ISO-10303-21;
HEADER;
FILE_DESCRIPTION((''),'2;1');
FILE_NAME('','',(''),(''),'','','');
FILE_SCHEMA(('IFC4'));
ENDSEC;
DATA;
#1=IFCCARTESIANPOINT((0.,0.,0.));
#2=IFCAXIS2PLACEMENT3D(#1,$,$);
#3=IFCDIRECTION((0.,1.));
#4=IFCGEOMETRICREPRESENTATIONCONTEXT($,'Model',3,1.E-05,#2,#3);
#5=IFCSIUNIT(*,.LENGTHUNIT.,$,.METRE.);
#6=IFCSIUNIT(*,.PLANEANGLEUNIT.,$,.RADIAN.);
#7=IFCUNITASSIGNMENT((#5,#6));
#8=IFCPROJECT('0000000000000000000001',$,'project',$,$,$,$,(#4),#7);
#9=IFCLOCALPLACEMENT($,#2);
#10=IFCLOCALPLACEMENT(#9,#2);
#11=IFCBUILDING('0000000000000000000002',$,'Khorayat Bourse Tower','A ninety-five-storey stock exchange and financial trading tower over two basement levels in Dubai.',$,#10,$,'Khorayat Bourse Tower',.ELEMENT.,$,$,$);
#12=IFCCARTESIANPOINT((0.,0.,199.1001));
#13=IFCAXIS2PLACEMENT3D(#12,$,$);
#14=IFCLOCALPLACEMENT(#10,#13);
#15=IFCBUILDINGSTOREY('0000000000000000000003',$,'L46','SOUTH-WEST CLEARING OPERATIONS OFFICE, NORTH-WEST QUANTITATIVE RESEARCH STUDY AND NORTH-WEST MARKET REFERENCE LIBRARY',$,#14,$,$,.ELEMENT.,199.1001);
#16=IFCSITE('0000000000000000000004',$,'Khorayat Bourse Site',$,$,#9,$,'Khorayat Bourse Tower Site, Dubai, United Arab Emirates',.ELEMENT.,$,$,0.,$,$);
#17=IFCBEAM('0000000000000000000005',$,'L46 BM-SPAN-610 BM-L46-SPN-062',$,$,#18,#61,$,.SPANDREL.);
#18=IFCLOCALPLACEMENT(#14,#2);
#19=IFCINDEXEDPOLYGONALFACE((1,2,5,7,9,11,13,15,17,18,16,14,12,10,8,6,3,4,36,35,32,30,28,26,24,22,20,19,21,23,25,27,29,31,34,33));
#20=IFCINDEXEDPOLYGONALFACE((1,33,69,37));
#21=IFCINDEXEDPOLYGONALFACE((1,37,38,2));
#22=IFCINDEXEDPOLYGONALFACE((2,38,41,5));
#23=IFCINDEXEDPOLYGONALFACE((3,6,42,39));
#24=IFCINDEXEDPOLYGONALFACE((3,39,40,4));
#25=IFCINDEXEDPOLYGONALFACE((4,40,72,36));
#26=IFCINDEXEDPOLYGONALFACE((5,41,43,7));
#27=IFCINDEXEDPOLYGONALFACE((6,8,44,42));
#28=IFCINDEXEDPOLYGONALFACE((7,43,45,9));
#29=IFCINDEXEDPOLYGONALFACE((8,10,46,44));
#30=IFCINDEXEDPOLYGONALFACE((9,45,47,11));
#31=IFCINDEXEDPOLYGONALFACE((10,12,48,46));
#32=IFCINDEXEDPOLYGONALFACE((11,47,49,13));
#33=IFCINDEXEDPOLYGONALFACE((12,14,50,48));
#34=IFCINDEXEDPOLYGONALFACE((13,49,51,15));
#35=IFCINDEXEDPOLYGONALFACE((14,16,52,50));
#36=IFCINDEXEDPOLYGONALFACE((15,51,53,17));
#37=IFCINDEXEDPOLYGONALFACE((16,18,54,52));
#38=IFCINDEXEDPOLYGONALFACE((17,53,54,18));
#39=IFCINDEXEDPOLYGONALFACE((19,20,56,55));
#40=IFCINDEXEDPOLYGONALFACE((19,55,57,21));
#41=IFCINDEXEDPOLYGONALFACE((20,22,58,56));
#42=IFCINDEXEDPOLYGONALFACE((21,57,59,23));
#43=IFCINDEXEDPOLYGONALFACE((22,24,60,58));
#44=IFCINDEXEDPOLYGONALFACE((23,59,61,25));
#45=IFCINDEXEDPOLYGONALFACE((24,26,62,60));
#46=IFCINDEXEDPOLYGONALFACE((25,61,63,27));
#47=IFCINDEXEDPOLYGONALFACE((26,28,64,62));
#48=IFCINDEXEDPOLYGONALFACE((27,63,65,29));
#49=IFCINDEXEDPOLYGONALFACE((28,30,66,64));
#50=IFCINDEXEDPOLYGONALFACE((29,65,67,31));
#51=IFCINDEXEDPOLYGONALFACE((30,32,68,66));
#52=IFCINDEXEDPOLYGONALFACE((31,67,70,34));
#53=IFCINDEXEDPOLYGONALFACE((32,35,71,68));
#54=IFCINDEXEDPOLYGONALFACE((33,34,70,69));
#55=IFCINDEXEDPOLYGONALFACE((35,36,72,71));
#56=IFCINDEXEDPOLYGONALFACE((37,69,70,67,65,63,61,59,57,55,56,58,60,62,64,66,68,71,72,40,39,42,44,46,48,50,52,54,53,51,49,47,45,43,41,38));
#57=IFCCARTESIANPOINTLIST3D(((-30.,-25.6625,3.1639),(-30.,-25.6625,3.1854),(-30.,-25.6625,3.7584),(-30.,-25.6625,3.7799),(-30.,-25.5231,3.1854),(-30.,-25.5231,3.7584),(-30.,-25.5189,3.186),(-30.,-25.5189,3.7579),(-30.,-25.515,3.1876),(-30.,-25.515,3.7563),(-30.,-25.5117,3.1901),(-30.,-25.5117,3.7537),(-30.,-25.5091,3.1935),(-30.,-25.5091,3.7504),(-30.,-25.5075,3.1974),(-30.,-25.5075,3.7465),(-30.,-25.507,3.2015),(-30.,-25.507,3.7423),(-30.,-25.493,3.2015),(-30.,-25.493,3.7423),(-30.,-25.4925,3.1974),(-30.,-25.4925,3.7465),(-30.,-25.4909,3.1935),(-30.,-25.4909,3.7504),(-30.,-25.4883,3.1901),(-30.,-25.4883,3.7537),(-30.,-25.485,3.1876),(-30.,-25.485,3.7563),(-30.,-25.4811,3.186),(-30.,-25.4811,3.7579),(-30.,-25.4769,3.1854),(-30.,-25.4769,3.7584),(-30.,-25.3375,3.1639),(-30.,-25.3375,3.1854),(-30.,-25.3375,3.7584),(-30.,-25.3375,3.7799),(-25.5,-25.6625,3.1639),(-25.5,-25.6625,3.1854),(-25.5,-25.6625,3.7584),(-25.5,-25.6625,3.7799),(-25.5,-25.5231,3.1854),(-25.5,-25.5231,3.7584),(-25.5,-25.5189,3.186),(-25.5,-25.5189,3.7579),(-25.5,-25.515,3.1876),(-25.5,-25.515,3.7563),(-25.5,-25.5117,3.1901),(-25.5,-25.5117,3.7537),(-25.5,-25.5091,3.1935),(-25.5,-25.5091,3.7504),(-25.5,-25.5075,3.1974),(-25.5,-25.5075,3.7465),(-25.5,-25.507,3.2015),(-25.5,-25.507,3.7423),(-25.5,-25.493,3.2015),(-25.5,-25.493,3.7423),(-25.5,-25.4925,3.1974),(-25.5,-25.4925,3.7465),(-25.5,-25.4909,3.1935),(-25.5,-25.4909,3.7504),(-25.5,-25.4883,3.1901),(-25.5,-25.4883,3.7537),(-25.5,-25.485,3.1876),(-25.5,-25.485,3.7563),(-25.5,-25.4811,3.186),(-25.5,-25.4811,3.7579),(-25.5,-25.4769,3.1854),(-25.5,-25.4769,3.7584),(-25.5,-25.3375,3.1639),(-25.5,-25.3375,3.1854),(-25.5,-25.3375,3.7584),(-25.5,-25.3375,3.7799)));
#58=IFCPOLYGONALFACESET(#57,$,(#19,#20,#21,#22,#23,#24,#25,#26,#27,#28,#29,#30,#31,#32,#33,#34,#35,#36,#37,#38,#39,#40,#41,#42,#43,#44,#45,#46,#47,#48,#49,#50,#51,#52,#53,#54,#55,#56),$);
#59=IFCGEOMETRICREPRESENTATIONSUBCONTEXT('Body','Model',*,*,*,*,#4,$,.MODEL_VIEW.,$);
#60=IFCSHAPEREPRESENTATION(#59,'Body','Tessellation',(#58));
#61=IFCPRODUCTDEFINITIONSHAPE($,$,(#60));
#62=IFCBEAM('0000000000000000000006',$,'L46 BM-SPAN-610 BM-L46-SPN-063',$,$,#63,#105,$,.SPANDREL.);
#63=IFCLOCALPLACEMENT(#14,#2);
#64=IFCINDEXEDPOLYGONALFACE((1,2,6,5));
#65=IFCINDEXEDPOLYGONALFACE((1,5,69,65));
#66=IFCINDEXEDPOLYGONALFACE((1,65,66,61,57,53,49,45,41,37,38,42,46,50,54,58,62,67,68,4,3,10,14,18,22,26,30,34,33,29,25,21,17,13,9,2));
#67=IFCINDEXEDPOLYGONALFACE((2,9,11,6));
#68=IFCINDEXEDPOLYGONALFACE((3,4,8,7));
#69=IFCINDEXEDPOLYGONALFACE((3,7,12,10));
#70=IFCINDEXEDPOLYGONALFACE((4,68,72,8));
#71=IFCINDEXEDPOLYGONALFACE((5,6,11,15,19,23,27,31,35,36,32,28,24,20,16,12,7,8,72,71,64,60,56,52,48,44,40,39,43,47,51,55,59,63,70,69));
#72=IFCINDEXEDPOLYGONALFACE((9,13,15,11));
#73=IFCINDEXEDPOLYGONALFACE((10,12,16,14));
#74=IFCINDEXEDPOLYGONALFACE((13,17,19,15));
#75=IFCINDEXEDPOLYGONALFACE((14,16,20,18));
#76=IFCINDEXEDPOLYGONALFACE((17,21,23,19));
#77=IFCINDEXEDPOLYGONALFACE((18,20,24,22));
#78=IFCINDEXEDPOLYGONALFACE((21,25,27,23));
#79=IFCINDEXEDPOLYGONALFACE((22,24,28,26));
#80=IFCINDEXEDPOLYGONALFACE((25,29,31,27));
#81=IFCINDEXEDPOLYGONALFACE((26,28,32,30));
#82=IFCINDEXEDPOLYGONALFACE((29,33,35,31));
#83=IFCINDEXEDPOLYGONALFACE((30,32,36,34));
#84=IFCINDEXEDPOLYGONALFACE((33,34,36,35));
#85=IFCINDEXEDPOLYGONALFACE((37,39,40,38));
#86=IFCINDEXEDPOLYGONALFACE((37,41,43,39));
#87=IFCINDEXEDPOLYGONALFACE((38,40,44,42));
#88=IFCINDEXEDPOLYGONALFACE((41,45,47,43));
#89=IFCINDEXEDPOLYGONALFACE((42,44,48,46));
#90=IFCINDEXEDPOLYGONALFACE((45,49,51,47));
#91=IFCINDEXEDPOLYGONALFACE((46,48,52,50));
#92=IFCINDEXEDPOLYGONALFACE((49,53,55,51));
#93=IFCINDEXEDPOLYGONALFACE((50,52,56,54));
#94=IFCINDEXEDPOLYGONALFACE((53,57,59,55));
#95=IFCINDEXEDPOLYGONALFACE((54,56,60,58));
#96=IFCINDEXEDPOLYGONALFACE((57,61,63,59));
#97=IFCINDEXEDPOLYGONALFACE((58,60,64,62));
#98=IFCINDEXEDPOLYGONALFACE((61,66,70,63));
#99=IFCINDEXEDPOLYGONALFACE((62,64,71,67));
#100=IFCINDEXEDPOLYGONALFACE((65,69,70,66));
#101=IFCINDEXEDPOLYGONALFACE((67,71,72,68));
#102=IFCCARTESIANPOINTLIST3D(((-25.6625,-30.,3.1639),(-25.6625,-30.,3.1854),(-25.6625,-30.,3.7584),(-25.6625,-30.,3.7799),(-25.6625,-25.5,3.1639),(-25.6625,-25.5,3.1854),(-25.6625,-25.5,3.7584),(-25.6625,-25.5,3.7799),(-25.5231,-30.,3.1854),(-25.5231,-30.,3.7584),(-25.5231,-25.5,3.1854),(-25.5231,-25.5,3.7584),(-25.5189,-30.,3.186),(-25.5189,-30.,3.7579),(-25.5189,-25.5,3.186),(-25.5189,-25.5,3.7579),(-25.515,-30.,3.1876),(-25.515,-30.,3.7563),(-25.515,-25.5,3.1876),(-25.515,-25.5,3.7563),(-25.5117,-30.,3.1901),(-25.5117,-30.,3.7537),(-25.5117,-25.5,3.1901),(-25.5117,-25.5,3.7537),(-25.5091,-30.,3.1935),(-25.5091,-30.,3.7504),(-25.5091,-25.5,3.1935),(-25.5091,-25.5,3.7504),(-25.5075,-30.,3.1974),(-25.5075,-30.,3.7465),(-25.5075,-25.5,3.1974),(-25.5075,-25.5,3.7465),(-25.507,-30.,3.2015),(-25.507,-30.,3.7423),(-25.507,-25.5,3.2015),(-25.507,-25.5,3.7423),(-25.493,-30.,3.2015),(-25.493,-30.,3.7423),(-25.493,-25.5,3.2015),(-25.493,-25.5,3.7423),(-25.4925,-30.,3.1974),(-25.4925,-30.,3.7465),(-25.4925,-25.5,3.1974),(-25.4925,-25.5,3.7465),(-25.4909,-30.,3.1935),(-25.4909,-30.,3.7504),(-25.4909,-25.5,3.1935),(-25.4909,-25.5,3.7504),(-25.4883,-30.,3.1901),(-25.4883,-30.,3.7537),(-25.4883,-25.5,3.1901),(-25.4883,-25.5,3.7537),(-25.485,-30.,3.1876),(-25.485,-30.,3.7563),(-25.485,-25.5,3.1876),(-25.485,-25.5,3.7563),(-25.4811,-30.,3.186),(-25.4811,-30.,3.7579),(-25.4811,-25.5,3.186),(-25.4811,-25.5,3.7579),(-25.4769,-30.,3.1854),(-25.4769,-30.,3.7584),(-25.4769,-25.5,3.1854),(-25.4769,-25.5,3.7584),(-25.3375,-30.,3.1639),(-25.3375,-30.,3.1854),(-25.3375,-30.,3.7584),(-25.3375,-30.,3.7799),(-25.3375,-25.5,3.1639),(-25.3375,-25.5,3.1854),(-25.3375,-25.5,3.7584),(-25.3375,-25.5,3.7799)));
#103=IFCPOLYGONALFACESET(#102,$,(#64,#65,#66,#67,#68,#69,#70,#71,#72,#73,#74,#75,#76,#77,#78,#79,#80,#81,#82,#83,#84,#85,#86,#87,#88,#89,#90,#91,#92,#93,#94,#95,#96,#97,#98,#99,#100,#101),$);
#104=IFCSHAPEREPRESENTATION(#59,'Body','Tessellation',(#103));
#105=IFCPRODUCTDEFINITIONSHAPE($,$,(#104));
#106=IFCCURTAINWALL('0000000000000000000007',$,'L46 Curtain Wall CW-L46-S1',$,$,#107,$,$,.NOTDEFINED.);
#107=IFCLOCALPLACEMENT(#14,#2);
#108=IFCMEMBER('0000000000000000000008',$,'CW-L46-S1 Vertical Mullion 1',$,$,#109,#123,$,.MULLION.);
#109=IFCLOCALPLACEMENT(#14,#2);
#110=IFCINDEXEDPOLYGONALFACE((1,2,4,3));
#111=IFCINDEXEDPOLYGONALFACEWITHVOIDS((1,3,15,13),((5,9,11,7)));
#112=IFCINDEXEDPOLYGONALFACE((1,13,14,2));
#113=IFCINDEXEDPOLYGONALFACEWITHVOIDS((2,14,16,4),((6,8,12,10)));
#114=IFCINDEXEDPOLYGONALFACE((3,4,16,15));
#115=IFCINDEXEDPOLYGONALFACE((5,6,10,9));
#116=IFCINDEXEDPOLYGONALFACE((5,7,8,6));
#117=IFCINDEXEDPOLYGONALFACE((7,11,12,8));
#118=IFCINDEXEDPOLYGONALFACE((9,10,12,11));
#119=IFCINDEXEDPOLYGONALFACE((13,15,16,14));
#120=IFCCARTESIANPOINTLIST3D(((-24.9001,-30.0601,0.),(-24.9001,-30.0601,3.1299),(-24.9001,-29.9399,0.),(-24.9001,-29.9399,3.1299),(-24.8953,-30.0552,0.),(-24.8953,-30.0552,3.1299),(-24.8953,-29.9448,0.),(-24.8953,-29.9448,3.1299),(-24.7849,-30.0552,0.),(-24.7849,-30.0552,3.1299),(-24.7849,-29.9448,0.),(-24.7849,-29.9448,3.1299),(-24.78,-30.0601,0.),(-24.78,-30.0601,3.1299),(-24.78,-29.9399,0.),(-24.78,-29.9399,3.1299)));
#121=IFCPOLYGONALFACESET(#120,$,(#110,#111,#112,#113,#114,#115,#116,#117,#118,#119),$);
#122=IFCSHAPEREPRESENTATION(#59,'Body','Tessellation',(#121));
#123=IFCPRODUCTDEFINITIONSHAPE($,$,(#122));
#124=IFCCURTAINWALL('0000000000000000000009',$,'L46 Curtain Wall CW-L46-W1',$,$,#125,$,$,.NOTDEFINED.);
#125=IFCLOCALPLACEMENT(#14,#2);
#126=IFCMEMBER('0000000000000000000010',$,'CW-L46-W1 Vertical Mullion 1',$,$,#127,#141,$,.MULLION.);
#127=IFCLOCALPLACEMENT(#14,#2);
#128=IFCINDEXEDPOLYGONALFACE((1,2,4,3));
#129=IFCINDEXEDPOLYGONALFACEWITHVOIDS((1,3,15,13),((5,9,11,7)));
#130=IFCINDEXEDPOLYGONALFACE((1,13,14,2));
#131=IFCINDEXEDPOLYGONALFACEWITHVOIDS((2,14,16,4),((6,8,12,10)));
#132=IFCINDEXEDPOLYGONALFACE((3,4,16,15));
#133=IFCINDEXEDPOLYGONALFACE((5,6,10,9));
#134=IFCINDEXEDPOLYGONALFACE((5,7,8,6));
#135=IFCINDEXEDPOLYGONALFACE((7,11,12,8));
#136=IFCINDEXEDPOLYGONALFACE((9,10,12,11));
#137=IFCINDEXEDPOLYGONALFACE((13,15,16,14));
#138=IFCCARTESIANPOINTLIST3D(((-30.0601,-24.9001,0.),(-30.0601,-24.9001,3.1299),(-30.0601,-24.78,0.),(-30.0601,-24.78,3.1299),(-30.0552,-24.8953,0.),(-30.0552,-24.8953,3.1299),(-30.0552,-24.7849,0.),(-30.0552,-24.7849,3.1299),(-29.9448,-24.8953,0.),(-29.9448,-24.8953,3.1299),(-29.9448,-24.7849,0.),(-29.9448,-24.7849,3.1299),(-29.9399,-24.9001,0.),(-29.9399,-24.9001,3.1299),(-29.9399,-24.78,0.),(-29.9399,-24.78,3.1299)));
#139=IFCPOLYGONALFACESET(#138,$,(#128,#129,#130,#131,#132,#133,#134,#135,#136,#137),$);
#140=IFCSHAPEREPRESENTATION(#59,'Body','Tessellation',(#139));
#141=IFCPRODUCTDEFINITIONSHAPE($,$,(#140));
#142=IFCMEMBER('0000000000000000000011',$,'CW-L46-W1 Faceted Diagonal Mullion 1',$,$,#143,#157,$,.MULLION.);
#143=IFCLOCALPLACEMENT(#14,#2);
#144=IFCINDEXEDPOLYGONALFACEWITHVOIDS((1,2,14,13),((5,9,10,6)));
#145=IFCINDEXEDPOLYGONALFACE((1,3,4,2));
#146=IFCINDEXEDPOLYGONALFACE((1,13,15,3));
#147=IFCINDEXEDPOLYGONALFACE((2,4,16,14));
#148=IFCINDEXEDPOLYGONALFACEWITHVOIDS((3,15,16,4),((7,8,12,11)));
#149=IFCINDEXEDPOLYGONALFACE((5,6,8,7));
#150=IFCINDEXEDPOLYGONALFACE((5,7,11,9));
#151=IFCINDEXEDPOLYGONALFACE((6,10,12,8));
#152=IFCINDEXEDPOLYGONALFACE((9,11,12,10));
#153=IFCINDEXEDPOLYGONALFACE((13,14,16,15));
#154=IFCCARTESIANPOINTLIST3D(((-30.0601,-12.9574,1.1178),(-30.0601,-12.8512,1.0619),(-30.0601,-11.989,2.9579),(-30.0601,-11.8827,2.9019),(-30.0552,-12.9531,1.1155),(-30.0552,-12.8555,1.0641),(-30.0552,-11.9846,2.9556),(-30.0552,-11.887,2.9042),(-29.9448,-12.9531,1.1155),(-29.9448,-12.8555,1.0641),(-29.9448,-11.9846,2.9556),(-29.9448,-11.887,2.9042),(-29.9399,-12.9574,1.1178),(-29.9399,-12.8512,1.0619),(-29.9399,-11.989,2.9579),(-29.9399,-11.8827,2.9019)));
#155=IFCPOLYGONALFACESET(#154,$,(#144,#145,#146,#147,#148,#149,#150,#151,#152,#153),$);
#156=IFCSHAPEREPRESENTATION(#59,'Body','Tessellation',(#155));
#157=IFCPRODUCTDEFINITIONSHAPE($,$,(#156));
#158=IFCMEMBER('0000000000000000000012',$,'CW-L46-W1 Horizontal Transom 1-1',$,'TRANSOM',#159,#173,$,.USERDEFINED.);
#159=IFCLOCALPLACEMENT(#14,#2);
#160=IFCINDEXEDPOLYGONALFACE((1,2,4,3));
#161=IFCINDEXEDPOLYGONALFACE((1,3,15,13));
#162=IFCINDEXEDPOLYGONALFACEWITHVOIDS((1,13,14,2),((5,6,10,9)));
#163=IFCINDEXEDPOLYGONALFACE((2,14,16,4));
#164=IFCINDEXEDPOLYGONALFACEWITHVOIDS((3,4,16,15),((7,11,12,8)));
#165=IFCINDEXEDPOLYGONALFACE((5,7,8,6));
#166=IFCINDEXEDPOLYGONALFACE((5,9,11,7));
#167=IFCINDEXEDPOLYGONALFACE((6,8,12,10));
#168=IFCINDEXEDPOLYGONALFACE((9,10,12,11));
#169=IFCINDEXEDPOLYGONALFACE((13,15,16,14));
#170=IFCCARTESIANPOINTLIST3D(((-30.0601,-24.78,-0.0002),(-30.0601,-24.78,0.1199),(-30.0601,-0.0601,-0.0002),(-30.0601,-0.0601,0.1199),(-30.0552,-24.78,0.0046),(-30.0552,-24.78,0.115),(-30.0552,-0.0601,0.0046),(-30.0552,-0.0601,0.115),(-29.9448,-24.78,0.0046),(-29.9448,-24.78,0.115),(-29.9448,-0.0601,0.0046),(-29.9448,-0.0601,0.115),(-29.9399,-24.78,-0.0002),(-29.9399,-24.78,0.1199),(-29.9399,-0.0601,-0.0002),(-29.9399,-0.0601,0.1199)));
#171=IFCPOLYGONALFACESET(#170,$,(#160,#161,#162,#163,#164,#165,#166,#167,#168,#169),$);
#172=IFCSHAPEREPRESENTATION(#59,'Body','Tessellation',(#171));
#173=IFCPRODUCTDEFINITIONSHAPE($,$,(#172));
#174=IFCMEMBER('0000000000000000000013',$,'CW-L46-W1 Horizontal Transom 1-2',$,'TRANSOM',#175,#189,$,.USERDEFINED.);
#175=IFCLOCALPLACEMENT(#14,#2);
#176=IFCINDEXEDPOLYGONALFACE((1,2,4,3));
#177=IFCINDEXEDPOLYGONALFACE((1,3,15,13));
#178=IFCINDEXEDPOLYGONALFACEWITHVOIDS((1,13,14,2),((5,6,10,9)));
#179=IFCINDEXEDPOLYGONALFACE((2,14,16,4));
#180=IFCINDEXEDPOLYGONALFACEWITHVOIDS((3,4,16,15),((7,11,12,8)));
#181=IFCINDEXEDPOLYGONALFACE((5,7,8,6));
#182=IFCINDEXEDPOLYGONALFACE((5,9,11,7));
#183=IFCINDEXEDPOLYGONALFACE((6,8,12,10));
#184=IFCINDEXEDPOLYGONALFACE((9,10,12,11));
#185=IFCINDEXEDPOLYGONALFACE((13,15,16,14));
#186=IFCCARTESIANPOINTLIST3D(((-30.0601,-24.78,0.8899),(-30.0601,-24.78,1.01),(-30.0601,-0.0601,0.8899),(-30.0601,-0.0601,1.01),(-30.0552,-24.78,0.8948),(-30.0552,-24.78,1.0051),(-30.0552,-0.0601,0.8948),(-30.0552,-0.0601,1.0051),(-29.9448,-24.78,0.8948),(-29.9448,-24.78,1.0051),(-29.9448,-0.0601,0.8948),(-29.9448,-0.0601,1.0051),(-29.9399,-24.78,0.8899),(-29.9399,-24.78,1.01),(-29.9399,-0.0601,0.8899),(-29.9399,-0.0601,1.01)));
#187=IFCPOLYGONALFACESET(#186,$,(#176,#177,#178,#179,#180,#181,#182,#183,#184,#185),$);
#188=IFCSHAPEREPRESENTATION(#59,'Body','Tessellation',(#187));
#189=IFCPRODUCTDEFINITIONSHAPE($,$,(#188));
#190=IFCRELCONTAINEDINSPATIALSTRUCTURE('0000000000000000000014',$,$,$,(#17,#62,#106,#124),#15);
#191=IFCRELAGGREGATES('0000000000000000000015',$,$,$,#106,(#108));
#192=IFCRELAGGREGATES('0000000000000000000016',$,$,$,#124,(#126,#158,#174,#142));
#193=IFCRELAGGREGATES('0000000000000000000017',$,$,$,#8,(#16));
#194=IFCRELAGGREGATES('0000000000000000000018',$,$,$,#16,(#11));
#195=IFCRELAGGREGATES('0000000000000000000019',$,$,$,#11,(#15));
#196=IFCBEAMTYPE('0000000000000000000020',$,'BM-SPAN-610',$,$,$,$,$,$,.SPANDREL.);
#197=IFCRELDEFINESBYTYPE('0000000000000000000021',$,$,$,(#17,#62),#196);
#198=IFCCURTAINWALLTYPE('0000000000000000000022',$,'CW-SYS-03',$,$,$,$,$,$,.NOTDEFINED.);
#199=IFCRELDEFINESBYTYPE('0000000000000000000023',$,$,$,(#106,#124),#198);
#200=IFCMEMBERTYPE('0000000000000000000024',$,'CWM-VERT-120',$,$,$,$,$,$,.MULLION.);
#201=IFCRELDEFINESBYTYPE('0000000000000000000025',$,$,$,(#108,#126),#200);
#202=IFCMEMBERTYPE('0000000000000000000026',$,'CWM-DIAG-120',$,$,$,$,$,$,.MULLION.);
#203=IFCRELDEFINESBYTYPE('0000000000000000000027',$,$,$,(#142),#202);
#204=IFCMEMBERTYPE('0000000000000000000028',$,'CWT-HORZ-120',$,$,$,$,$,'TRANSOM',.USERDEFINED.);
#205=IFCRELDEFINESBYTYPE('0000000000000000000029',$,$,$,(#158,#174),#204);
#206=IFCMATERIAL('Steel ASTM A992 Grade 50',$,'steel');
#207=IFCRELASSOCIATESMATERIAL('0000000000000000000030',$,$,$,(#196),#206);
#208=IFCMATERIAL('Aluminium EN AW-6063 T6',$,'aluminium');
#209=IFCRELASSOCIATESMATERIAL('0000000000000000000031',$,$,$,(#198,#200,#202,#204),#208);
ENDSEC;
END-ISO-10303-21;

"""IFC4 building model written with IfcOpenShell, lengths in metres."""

from ifc_helpers import new_model, si_unit, direction, frame, origin, origin_2d, place, context, subcontext, project, spatial, hollow_rectangle, i_section, extrude, source, transform, mapped, material, material_profile, profile_set, type_object, element, aggregate, save


model = new_model("IFC4")

# Units and contexts
model_context = context("Model", 3, precision=1e-05, world=origin(), true_north=direction((0.0, 1.0)))
body_context = subcontext(model_context, "Body", "Model", "MODEL_VIEW")
ifc_project = project(units=[si_unit("LENGTHUNIT", "METRE"), si_unit("PLANEANGLEUNIT", "RADIAN")], contexts=[model_context])

# Site, building, storey
site_placement = place(None, origin())
site = spatial("IfcSite", under=ifc_project, at=site_placement, Name="Khorayat Bourse Site", LongName="Khorayat Bourse Tower Site, Dubai, United Arab Emirates", CompositionType="ELEMENT", RefElevation=0.0)
building_placement = place(site_placement, origin())
building = spatial("IfcBuilding", under=site, at=building_placement, Name="Khorayat Bourse Tower", Description="A ninety-five-storey stock exchange and financial trading tower over two basement levels in Dubai.", LongName="Khorayat Bourse Tower", CompositionType="ELEMENT")
storey_placement = place(building_placement, frame((0.0, 0.0, 199.1001)))
storey = spatial("IfcBuildingStorey", under=building, at=storey_placement, Name="L46", Description="SOUTH-WEST CLEARING OPERATIONS OFFICE, NORTH-WEST QUANTITATIVE RESEARCH STUDY AND NORTH-WEST MARKET REFERENCE LIBRARY", CompositionType="ELEMENT", Elevation=199.1001)

# Beams
ifc_material_1 = material(Name="Steel ASTM A992 Grade 50", Category="steel")
ifc_material_profile_1 = material_profile(ifc_material_1, i_section(OverallWidth=0.325, OverallDepth=0.616, WebThickness=0.0139, FlangeThickness=0.0215, FilletRadius=0.0161, at=origin_2d()), Name="W610X174")
ifc_profile_set_1 = profile_set([ifc_material_profile_1], Name="Steel ASTM A992 Grade 50")
beam_type_1 = type_object("IfcBeamType", Name="BM-SPAN-610", PredefinedType="SPANDREL", material=ifc_profile_set_1)
shared_shape_1 = source(origin(), body_context, "Body", "SweptSolid", [
    extrude(i_section(OverallWidth=0.325, OverallDepth=0.616, WebThickness=0.0139, FlangeThickness=0.0215, FilletRadius=0.0161, at=origin_2d()), origin(), (0.0, 0.0, 1.0), 4.5),
])
for number, where, z_axis, x_axis, name in (
    (1, (-30.0, -25.5, 3.4719), (1.0, 0.0, 0.0), (0.0, 1.0, 0.0), "L46 BM-SPAN-610 BM-L46-SPN-062"),
    (2, (-25.5, -30.0, 3.4719), (0.0, 1.0, 0.0), (-1.0, 0.0, 0.0), "L46 BM-SPAN-610 BM-L46-SPN-063"),
):
    element("IfcBeam", number, at=place(storey_placement, frame(where, z_axis=z_axis, x_axis=x_axis)), inside=storey, type_object=beam_type_1, Name=name, PredefinedType="SPANDREL", context=body_context, shape_type="MappedRepresentation", body=[
        mapped(shared_shape_1, transform((0.0, 0.0, 0.0), scale=1.0)),
    ])

# Curtain wall, member
ifc_material_2 = material(Name="Aluminium EN AW-6063 T6", Category="aluminium")
curtain_wall_type = type_object("IfcCurtainWallType", Name="CW-SYS-03", PredefinedType="NOTDEFINED", material=ifc_material_2)
curtain_wall_1_placement = place(storey_placement, origin())
curtain_wall_1 = element("IfcCurtainWall", 3, at=curtain_wall_1_placement, inside=storey, type_object=curtain_wall_type, Name="L46 Curtain Wall CW-L46-S1", PredefinedType="NOTDEFINED")
ifc_material_profile_2 = material_profile(ifc_material_2, hollow_rectangle(XDim=0.1201, YDim=0.1201, WallThickness=0.0049, at=origin_2d()), Name="ALU 120x120x5")
ifc_profile_set_2 = profile_set([ifc_material_profile_2], Name="Aluminium EN AW-6063 T6")
member_type_1 = type_object("IfcMemberType", Name="CWM-VERT-120", PredefinedType="MULLION", material=ifc_profile_set_2)
shared_shape_2 = source(origin(), body_context, "Body", "SweptSolid", [
    extrude(hollow_rectangle(XDim=0.1201, YDim=0.1201, WallThickness=0.0049, at=origin_2d()), origin(), (0.0, 0.0, 1.0), 3.1299),
])
member_1_placement = place(storey_placement, frame((-24.8401, -30.0, 0.0), z_axis=(0.0, 0.0, 1.0), x_axis=(0.0, 1.0, 0.0)))
member_1 = element("IfcMember", 4, at=member_1_placement, type_object=member_type_1, Name="CW-L46-S1 Vertical Mullion 1", PredefinedType="MULLION", context=body_context, shape_type="MappedRepresentation", body=[
    mapped(shared_shape_2, transform((0.0, 0.0, 0.0), scale=1.0)),
])
aggregate(curtain_wall_1, [member_1])

# Curtain wall, members
curtain_wall_2_placement = place(storey_placement, origin())
curtain_wall_2 = element("IfcCurtainWall", 5, at=curtain_wall_2_placement, inside=storey, type_object=curtain_wall_type, Name="L46 Curtain Wall CW-L46-W1", PredefinedType="NOTDEFINED")
member_2_placement = place(storey_placement, frame((-30.0, -24.8401, 0.0), z_axis=(0.0, 0.0, 1.0), x_axis=(-1.0, 0.0, 0.0)))
member_2 = element("IfcMember", 6, at=member_2_placement, type_object=member_type_1, Name="CW-L46-W1 Vertical Mullion 1", PredefinedType="MULLION", context=body_context, shape_type="MappedRepresentation", body=[
    mapped(shared_shape_2, transform((0.0, 0.0, 0.0), scale=1.0)),
])
ifc_material_profile_3 = material_profile(ifc_material_2, hollow_rectangle(XDim=0.1201, YDim=0.1201, WallThickness=0.0049, at=origin_2d()), Name="ALU 120x120x5")
ifc_profile_set_3 = profile_set([ifc_material_profile_3], Name="Aluminium EN AW-6063 T6")
member_type_2 = type_object("IfcMemberType", Name="CWM-DIAG-120", PredefinedType="MULLION", material=ifc_profile_set_3)
shared_shape_3 = source(origin(), body_context, "Body", "SweptSolid", [
    extrude(hollow_rectangle(XDim=0.1201, YDim=0.1201, WallThickness=0.0049, at=origin_2d()), origin(), (0.0, 0.0, 1.0), 2.0793),
])
member_3_placement = place(storey_placement, frame((-30.0, -12.9043, 1.0898), z_axis=(0.0, 0.465761, 0.884911), x_axis=(-1.0, 0.0, 0.0)))
member_3 = element("IfcMember", 7, at=member_3_placement, type_object=member_type_2, Name="CW-L46-W1 Faceted Diagonal Mullion 1", PredefinedType="MULLION", context=body_context, shape_type="MappedRepresentation", body=[
    mapped(shared_shape_3, transform((0.0, 0.0, 0.0), scale=1.0)),
])
ifc_material_profile_4 = material_profile(ifc_material_2, hollow_rectangle(XDim=0.1201, YDim=0.1201, WallThickness=0.0049, at=origin_2d()), Name="ALU 120x120x5")
ifc_profile_set_4 = profile_set([ifc_material_profile_4], Name="Aluminium EN AW-6063 T6")
member_type_3 = type_object("IfcMemberType", Name="CWT-HORZ-120", ElementType="TRANSOM", PredefinedType="USERDEFINED", material=ifc_profile_set_4)
shared_shape_4 = source(origin(), body_context, "Body", "SweptSolid", [
    extrude(hollow_rectangle(XDim=0.1201, YDim=0.1201, WallThickness=0.0049, at=origin_2d()), origin(), (0.0, 0.0, 1.0), 24.72),
])
member_4_placement = place(storey_placement, frame((-30.0, -24.78, 0.0598), z_axis=(0.0, 1.0, 0.0), x_axis=(-1.0, 0.0, 0.0)))
member_4 = element("IfcMember", 8, at=member_4_placement, type_object=member_type_3, Name="CW-L46-W1 Horizontal Transom 1-1", ObjectType="TRANSOM", PredefinedType="USERDEFINED", context=body_context, shape_type="MappedRepresentation", body=[
    mapped(shared_shape_4, transform((0.0, 0.0, 0.0), scale=1.0)),
])
member_5_placement = place(storey_placement, frame((-30.0, -24.78, 0.95), z_axis=(0.0, 1.0, 0.0), x_axis=(-1.0, 0.0, 0.0)))
member_5 = element("IfcMember", 9, at=member_5_placement, type_object=member_type_3, Name="CW-L46-W1 Horizontal Transom 1-2", ObjectType="TRANSOM", PredefinedType="USERDEFINED", context=body_context, shape_type="MappedRepresentation", body=[
    mapped(shared_shape_4, transform((0.0, 0.0, 0.0), scale=1.0)),
])
aggregate(curtain_wall_2, [member_2, member_4, member_5, member_3])

save(model, "model.ifc")
